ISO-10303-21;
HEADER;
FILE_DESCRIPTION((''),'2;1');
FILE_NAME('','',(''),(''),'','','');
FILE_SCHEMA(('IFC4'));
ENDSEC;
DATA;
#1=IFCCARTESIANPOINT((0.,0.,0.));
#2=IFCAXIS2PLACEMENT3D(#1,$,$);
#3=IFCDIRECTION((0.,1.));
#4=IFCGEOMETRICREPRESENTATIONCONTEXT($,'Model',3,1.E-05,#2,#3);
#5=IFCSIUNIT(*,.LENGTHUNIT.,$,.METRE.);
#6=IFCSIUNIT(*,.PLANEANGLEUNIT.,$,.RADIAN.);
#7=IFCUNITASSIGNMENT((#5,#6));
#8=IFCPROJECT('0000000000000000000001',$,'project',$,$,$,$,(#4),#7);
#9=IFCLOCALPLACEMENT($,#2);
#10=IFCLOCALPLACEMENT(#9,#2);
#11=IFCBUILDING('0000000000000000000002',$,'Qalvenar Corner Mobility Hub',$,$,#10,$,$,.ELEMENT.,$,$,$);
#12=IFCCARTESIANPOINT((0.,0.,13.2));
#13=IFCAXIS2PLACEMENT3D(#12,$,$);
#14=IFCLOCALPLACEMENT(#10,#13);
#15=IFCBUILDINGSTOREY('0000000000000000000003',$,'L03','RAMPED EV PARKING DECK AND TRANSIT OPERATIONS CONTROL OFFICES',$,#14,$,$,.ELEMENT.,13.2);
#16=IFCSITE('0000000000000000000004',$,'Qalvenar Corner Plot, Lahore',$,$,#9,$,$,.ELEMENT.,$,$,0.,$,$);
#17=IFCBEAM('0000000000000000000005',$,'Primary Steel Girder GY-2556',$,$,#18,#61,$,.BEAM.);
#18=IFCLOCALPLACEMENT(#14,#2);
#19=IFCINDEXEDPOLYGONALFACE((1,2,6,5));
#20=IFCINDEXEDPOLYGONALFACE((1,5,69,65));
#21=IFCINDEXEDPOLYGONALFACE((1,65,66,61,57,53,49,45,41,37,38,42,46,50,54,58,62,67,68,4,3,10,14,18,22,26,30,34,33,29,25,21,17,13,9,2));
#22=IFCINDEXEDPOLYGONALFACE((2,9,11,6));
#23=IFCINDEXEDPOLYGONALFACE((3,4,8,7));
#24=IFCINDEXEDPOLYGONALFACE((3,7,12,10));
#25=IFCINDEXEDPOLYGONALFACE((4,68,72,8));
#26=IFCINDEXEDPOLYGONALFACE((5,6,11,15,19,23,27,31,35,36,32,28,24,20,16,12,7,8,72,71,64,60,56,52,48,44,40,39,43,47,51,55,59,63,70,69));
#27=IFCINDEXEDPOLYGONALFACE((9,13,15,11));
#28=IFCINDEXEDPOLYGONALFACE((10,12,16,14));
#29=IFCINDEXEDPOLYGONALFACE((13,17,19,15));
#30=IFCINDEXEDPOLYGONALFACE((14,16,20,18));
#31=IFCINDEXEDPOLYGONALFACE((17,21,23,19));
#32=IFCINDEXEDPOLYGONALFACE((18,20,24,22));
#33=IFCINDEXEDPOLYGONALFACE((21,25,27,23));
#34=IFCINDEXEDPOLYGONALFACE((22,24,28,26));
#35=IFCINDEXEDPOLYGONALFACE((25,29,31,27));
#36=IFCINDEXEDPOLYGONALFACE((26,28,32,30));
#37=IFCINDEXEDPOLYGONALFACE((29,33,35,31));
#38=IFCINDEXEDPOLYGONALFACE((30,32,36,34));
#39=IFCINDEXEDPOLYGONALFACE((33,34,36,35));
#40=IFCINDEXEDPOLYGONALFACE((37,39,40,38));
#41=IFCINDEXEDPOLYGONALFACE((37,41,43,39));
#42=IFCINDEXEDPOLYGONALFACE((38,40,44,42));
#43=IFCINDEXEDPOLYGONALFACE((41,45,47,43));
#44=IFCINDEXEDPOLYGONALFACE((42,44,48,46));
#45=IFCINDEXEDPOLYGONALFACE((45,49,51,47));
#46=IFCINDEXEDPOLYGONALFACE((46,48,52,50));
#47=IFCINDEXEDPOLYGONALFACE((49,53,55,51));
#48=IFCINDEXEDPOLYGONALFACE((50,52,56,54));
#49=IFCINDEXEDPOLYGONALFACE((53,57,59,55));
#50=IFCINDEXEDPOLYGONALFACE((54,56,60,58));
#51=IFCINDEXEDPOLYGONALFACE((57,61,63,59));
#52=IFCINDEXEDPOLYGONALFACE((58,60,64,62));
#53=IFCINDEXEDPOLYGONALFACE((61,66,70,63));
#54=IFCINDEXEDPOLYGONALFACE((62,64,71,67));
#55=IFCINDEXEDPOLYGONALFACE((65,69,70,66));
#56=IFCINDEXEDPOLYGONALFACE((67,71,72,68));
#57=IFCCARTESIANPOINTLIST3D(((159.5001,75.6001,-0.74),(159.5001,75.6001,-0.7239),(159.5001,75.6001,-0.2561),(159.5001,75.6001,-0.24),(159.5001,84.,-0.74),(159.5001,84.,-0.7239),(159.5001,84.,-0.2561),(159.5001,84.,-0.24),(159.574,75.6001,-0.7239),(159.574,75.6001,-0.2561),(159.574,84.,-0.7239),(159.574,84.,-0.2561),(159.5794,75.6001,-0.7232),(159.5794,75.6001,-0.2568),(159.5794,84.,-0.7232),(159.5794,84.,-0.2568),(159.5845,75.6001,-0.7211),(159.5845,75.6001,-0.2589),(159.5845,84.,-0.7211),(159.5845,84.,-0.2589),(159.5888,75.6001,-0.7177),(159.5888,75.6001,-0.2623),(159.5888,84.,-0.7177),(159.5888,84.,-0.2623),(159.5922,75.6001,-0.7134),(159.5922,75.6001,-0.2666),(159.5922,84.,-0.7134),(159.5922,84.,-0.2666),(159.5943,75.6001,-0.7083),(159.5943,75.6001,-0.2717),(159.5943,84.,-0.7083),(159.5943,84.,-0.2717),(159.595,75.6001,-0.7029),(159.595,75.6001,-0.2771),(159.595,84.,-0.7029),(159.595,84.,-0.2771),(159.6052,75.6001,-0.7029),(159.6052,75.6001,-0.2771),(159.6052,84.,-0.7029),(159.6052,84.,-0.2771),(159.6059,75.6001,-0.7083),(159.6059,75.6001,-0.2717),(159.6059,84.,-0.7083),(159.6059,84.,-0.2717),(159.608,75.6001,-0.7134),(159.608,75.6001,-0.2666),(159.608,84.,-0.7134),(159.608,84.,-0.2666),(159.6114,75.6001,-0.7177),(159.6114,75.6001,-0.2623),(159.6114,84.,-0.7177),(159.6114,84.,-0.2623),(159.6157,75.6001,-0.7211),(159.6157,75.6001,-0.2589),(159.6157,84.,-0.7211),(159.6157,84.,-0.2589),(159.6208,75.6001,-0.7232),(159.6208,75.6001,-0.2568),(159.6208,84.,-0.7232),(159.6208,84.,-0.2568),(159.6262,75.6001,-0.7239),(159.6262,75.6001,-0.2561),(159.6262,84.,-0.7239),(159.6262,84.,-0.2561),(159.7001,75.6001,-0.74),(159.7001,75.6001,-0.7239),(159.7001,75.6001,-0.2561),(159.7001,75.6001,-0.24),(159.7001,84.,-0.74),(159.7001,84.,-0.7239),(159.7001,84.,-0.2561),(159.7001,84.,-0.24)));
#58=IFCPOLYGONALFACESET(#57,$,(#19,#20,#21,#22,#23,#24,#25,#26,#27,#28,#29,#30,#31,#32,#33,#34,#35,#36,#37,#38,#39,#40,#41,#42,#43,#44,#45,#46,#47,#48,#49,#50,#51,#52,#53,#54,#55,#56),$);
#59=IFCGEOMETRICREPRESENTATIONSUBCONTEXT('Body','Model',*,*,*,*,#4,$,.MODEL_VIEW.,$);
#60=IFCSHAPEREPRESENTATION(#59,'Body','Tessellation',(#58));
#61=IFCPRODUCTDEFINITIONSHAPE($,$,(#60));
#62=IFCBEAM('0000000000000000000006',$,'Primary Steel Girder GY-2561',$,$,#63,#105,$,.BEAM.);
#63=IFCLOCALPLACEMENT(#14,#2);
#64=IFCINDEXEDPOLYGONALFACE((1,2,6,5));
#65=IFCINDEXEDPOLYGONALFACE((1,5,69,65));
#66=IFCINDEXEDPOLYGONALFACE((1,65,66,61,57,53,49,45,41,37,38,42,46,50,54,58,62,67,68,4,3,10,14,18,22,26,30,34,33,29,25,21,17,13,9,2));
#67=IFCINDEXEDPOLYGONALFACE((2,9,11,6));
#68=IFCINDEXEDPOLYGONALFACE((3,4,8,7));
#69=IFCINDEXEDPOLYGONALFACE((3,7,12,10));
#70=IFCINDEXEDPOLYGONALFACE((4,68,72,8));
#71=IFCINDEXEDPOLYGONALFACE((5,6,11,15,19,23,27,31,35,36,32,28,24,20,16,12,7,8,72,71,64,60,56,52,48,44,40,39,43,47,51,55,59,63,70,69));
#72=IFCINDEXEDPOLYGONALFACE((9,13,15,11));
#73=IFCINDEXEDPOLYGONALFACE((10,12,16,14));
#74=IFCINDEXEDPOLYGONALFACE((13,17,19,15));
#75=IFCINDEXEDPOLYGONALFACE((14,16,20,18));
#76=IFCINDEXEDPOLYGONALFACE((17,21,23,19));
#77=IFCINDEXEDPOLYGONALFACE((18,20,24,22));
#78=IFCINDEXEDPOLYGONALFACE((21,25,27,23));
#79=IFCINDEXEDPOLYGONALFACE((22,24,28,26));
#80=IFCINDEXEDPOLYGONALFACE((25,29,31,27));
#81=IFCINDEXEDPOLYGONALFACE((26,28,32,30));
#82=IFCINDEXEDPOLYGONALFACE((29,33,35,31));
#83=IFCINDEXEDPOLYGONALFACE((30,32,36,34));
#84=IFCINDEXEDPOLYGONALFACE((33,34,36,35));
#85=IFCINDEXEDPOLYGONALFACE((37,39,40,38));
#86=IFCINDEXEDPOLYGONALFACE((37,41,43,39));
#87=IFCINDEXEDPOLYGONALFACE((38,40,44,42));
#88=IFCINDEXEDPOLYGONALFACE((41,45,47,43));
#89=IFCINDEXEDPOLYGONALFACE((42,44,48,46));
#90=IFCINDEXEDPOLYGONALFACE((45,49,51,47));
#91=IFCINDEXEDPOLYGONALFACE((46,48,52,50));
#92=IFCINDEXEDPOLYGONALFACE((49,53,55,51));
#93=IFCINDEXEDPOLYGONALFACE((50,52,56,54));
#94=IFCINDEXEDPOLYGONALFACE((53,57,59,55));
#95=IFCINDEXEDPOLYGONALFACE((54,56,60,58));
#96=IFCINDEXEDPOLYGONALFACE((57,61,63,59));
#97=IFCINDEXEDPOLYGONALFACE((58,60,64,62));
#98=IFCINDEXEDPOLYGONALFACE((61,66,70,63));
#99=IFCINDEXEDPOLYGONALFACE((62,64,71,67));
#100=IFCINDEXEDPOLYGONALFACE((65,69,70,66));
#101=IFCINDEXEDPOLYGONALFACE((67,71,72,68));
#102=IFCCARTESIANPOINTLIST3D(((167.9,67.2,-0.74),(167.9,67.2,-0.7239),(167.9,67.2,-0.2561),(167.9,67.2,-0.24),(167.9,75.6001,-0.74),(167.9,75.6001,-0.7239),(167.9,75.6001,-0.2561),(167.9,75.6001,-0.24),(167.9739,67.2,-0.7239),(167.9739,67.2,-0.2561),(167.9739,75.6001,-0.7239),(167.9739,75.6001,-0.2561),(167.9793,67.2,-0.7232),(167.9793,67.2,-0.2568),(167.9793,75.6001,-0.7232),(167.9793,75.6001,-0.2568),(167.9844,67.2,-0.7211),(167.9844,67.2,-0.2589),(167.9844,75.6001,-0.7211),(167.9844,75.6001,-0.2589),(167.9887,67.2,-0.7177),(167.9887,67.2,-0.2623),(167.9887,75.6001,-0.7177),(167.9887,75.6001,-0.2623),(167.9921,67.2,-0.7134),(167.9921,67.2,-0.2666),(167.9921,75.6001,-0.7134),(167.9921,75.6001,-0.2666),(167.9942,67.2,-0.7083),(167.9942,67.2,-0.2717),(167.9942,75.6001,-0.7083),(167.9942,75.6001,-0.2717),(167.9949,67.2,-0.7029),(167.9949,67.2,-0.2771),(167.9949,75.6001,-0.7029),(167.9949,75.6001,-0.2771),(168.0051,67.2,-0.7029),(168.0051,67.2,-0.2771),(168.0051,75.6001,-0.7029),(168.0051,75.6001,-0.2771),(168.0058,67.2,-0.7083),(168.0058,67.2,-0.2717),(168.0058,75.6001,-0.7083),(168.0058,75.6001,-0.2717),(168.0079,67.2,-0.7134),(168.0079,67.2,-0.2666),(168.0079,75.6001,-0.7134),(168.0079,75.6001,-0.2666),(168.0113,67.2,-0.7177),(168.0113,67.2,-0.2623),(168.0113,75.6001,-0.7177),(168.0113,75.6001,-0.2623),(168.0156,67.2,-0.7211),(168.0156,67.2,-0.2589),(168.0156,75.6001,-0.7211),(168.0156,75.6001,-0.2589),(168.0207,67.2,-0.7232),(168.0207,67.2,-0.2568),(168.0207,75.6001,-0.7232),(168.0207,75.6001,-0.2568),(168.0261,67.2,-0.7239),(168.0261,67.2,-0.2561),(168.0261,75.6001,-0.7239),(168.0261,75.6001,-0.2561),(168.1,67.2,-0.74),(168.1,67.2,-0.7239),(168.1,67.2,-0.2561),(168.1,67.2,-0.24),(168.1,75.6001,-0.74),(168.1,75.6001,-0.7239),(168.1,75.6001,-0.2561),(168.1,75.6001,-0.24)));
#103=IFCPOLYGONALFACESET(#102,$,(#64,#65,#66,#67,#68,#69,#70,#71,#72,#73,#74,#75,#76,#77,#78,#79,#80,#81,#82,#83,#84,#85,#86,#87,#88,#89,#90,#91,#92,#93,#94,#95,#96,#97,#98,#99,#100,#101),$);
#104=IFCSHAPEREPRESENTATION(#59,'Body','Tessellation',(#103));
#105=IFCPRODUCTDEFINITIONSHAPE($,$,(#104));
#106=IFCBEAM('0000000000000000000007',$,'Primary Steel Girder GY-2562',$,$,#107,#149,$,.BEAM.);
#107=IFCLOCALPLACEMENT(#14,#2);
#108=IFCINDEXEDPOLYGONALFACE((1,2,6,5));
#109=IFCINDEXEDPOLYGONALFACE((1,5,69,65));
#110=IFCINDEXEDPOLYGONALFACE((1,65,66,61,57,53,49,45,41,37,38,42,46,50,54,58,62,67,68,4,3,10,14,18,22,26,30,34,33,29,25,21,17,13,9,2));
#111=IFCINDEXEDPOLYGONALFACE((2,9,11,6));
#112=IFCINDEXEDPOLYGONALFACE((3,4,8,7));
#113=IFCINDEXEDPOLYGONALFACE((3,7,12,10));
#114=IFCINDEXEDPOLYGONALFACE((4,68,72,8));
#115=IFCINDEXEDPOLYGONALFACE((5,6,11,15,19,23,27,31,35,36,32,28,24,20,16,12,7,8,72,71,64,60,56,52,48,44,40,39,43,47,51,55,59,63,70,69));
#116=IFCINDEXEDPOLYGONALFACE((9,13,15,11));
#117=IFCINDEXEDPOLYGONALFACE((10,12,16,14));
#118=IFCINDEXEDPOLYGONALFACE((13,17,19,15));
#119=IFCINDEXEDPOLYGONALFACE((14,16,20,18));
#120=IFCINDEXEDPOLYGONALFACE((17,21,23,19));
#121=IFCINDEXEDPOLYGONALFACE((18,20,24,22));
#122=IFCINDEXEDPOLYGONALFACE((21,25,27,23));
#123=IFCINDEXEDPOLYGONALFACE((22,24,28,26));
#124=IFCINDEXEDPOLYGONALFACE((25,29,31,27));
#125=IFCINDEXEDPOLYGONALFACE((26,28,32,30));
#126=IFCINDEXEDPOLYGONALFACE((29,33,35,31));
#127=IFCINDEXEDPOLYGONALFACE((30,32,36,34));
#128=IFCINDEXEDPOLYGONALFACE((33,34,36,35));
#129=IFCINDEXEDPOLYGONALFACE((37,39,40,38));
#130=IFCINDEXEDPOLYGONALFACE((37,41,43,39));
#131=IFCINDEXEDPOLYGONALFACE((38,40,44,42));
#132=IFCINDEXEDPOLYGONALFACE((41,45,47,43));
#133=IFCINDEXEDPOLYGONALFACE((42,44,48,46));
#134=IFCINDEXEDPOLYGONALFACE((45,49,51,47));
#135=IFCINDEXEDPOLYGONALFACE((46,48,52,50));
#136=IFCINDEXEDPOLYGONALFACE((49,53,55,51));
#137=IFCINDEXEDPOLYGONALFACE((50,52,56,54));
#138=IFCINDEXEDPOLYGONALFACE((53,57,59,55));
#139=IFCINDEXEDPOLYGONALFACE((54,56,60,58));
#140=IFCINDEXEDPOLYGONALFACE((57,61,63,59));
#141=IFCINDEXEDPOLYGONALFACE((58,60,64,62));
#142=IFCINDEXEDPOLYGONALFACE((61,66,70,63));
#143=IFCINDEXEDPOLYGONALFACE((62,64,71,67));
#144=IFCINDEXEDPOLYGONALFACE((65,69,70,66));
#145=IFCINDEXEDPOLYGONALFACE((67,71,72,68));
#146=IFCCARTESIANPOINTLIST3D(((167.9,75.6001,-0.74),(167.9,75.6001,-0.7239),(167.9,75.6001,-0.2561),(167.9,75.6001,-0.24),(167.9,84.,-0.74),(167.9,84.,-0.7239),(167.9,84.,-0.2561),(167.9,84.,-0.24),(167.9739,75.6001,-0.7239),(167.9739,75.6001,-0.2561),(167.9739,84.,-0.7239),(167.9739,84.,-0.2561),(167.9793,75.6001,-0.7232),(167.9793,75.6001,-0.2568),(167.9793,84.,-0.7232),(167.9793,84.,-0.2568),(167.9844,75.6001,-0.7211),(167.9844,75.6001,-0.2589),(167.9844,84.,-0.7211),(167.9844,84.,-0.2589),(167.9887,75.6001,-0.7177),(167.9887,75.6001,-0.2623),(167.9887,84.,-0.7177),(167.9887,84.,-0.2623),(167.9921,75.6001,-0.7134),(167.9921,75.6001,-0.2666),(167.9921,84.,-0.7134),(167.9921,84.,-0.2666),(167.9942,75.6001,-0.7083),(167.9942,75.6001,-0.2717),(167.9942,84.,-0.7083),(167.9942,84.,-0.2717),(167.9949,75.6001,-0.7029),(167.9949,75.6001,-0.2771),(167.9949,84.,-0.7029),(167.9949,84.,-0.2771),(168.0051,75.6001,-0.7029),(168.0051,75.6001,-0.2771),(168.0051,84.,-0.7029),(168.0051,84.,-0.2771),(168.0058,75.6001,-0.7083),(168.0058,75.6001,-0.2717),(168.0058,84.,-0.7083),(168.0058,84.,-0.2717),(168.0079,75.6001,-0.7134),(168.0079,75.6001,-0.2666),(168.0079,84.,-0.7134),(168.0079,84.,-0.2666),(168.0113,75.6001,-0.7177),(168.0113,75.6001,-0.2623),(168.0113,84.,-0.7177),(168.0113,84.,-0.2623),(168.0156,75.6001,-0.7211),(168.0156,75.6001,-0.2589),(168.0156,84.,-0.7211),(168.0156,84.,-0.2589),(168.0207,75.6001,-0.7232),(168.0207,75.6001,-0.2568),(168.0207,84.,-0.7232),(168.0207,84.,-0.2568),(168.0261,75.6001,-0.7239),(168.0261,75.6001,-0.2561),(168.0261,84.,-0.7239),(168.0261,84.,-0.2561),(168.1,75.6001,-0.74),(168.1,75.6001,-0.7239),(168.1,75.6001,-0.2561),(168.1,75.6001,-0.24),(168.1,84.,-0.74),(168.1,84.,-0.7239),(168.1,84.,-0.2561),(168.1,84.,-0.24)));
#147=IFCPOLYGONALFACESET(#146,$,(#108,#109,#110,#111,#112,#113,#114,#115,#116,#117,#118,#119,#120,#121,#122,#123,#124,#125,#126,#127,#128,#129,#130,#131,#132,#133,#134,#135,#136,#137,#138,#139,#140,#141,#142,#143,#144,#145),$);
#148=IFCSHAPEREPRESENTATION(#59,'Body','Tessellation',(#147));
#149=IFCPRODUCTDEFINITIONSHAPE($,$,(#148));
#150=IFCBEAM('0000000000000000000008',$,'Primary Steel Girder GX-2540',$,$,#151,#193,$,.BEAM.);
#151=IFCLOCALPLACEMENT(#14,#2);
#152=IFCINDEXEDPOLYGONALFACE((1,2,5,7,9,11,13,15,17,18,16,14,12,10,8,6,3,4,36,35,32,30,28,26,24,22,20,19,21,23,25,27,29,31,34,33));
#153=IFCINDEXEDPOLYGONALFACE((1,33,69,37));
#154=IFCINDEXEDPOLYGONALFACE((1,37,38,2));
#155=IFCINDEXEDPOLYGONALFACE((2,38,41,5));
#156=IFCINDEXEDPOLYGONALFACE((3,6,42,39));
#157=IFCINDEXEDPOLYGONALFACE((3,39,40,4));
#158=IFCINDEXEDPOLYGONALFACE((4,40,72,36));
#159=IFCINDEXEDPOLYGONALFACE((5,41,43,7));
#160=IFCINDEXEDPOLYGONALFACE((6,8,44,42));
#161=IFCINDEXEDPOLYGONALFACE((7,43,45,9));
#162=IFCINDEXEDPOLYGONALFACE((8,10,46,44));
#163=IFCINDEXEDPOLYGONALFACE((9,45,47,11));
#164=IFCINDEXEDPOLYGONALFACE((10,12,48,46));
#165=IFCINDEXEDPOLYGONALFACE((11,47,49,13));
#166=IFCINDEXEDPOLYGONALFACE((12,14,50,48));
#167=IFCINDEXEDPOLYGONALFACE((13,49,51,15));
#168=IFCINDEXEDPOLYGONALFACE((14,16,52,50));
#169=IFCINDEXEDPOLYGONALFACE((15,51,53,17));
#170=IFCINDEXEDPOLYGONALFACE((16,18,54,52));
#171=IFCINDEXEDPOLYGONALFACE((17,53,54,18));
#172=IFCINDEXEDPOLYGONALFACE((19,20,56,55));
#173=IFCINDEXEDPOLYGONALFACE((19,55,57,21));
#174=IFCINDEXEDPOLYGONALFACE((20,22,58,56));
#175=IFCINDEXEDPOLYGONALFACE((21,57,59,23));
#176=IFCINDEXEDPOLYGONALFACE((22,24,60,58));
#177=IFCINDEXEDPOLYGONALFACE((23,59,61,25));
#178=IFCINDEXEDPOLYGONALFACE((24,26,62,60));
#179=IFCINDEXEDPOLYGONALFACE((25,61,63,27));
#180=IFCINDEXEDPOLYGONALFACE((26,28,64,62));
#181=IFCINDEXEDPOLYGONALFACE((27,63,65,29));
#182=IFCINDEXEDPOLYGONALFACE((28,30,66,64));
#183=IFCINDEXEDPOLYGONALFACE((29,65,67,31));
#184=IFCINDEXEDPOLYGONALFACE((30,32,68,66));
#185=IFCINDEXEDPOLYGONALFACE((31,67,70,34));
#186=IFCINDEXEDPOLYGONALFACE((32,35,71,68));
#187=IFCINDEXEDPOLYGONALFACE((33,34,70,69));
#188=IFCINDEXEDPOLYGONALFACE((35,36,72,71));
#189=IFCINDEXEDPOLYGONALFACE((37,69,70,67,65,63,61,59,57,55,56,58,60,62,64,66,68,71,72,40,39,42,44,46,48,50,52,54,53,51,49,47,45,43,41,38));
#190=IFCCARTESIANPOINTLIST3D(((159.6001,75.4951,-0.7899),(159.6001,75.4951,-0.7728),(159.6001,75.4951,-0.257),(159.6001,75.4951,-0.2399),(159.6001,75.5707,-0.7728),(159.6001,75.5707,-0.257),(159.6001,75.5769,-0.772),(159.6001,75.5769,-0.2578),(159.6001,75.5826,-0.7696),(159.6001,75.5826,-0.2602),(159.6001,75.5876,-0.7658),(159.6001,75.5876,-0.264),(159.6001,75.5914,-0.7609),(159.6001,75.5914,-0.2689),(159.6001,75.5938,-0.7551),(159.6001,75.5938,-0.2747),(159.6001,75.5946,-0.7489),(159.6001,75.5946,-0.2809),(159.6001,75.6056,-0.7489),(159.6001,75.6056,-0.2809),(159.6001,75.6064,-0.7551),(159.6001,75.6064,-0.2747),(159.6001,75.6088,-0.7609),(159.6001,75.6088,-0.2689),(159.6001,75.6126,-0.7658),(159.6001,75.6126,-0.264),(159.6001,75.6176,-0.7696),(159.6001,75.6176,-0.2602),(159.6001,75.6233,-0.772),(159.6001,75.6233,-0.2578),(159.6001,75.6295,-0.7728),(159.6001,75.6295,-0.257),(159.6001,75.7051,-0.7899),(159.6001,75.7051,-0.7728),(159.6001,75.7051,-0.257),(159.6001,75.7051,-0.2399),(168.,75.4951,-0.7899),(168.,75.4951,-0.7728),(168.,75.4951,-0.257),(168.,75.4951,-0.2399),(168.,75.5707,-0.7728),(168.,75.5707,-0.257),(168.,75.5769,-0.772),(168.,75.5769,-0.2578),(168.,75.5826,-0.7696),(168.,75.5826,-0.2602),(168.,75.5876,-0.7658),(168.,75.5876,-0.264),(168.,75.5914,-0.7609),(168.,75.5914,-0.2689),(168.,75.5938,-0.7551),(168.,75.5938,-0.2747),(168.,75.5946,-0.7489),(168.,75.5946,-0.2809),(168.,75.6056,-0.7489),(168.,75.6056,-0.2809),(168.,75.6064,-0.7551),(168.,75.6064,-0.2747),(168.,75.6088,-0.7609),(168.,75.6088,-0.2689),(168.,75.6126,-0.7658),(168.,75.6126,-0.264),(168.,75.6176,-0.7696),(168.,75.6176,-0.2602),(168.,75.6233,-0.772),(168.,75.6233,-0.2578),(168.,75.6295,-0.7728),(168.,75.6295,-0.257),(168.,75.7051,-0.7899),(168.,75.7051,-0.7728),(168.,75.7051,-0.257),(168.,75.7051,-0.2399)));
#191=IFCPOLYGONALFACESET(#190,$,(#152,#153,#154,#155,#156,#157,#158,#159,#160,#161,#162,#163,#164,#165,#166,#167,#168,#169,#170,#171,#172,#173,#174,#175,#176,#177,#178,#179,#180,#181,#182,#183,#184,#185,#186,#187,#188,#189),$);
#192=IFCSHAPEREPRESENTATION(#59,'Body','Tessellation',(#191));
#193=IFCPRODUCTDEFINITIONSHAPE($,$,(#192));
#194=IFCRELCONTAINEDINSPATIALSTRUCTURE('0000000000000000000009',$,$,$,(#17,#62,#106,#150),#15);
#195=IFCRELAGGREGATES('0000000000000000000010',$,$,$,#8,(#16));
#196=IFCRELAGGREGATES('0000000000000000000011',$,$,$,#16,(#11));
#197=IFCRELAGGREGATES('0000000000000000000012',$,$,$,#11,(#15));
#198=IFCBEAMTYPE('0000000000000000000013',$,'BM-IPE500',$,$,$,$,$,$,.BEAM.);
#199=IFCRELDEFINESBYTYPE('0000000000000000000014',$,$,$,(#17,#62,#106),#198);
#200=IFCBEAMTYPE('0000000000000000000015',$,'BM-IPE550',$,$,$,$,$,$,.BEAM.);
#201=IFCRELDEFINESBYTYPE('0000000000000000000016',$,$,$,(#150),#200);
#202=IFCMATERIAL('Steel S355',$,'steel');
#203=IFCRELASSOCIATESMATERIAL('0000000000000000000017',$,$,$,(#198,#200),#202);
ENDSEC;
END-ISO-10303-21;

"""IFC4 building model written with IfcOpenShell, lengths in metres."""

from ifc_helpers import new_model, si_unit, direction, frame, origin, origin_2d, place, context, subcontext, project, spatial, i_section, extrude, material, material_profile, profile_set, type_object, element, save


model = new_model("IFC4")

# Units and contexts
model_context = context("Model", 3, precision=1e-05, world=origin(), true_north=direction((0.0, 1.0)))
body_context = subcontext(model_context, "Body", "Model", "MODEL_VIEW")
ifc_project = project(units=[si_unit("LENGTHUNIT", "METRE"), si_unit("PLANEANGLEUNIT", "RADIAN")], contexts=[model_context])

# Site, building, storey
site_placement = place(None, origin())
site = spatial("IfcSite", under=ifc_project, at=site_placement, Name="Qalvenar Corner Plot, Lahore", CompositionType="ELEMENT", RefElevation=0.0)
building_placement = place(site_placement, origin())
building = spatial("IfcBuilding", under=site, at=building_placement, Name="Qalvenar Corner Mobility Hub", CompositionType="ELEMENT")
storey_placement = place(building_placement, frame((0.0, 0.0, 13.2)))
storey = spatial("IfcBuildingStorey", under=building, at=storey_placement, Name="L03", Description="RAMPED EV PARKING DECK AND TRANSIT OPERATIONS CONTROL OFFICES", CompositionType="ELEMENT", Elevation=13.2)

# Shared definitions
ifc_material_1 = material(Name="Steel S355", Category="steel")

# Beams
ifc_material_profile_1 = material_profile(ifc_material_1, i_section(OverallWidth=0.2, OverallDepth=0.5, WebThickness=0.0103, FlangeThickness=0.0161, FilletRadius=0.021, at=origin_2d()), Name="IPE500")
ifc_profile_set_1 = profile_set([ifc_material_profile_1], Name="Steel S355")
beam_type_1 = type_object("IfcBeamType", Name="BM-IPE500", PredefinedType="BEAM", material=ifc_profile_set_1)
beam_1_placement = place(storey_placement, frame((159.6001, 75.6001, -0.49), z_axis=(0.0, 1.0, 0.0), x_axis=(-1.0, 0.0, 0.0)))
element("IfcBeam", 1, at=beam_1_placement, inside=storey, type_object=beam_type_1, Name="Primary Steel Girder GY-2556", PredefinedType="BEAM", context=body_context, shape_type="SweptSolid", body=[
    extrude(i_section(OverallWidth=0.2, OverallDepth=0.5, WebThickness=0.0103, FlangeThickness=0.0161, FilletRadius=0.021, at=origin_2d()), origin(), (0.0, 0.0, 1.0), 8.3999),
])
beam_2_placement = place(storey_placement, frame((168.0, 67.2, -0.49), z_axis=(0.0, 1.0, 0.0), x_axis=(-1.0, 0.0, 0.0)))
element("IfcBeam", 2, at=beam_2_placement, inside=storey, type_object=beam_type_1, Name="Primary Steel Girder GY-2561", PredefinedType="BEAM", context=body_context, shape_type="SweptSolid", body=[
    extrude(i_section(OverallWidth=0.2, OverallDepth=0.5, WebThickness=0.0103, FlangeThickness=0.0161, FilletRadius=0.021, at=origin_2d()), origin(), (0.0, 0.0, 1.0), 8.4001),
])
beam_3_placement = place(storey_placement, frame((168.0, 75.6001, -0.49), z_axis=(0.0, 1.0, 0.0), x_axis=(-1.0, 0.0, 0.0)))
element("IfcBeam", 3, at=beam_3_placement, inside=storey, type_object=beam_type_1, Name="Primary Steel Girder GY-2562", PredefinedType="BEAM", context=body_context, shape_type="SweptSolid", body=[
    extrude(i_section(OverallWidth=0.2, OverallDepth=0.5, WebThickness=0.0103, FlangeThickness=0.0161, FilletRadius=0.021, at=origin_2d()), origin(), (0.0, 0.0, 1.0), 8.3999),
])
ifc_material_profile_2 = material_profile(ifc_material_1, i_section(OverallWidth=0.21, OverallDepth=0.55, WebThickness=0.011, FlangeThickness=0.0171, FilletRadius=0.0239, at=origin_2d()), Name="IPE550")
ifc_profile_set_2 = profile_set([ifc_material_profile_2], Name="Steel S355")
beam_type_2 = type_object("IfcBeamType", Name="BM-IPE550", PredefinedType="BEAM", material=ifc_profile_set_2)
beam_4_placement = place(storey_placement, frame((159.6001, 75.6001, -0.5149), z_axis=(1.0, 0.0, 0.0), x_axis=(0.0, 1.0, 0.0)))
element("IfcBeam", 4, at=beam_4_placement, inside=storey, type_object=beam_type_2, Name="Primary Steel Girder GX-2540", PredefinedType="BEAM", context=body_context, shape_type="SweptSolid", body=[
    extrude(i_section(OverallWidth=0.21, OverallDepth=0.55, WebThickness=0.011, FlangeThickness=0.0171, FilletRadius=0.0239, at=origin_2d()), origin(), (0.0, 0.0, 1.0), 8.3999),
])

save(model, "model.ifc")
